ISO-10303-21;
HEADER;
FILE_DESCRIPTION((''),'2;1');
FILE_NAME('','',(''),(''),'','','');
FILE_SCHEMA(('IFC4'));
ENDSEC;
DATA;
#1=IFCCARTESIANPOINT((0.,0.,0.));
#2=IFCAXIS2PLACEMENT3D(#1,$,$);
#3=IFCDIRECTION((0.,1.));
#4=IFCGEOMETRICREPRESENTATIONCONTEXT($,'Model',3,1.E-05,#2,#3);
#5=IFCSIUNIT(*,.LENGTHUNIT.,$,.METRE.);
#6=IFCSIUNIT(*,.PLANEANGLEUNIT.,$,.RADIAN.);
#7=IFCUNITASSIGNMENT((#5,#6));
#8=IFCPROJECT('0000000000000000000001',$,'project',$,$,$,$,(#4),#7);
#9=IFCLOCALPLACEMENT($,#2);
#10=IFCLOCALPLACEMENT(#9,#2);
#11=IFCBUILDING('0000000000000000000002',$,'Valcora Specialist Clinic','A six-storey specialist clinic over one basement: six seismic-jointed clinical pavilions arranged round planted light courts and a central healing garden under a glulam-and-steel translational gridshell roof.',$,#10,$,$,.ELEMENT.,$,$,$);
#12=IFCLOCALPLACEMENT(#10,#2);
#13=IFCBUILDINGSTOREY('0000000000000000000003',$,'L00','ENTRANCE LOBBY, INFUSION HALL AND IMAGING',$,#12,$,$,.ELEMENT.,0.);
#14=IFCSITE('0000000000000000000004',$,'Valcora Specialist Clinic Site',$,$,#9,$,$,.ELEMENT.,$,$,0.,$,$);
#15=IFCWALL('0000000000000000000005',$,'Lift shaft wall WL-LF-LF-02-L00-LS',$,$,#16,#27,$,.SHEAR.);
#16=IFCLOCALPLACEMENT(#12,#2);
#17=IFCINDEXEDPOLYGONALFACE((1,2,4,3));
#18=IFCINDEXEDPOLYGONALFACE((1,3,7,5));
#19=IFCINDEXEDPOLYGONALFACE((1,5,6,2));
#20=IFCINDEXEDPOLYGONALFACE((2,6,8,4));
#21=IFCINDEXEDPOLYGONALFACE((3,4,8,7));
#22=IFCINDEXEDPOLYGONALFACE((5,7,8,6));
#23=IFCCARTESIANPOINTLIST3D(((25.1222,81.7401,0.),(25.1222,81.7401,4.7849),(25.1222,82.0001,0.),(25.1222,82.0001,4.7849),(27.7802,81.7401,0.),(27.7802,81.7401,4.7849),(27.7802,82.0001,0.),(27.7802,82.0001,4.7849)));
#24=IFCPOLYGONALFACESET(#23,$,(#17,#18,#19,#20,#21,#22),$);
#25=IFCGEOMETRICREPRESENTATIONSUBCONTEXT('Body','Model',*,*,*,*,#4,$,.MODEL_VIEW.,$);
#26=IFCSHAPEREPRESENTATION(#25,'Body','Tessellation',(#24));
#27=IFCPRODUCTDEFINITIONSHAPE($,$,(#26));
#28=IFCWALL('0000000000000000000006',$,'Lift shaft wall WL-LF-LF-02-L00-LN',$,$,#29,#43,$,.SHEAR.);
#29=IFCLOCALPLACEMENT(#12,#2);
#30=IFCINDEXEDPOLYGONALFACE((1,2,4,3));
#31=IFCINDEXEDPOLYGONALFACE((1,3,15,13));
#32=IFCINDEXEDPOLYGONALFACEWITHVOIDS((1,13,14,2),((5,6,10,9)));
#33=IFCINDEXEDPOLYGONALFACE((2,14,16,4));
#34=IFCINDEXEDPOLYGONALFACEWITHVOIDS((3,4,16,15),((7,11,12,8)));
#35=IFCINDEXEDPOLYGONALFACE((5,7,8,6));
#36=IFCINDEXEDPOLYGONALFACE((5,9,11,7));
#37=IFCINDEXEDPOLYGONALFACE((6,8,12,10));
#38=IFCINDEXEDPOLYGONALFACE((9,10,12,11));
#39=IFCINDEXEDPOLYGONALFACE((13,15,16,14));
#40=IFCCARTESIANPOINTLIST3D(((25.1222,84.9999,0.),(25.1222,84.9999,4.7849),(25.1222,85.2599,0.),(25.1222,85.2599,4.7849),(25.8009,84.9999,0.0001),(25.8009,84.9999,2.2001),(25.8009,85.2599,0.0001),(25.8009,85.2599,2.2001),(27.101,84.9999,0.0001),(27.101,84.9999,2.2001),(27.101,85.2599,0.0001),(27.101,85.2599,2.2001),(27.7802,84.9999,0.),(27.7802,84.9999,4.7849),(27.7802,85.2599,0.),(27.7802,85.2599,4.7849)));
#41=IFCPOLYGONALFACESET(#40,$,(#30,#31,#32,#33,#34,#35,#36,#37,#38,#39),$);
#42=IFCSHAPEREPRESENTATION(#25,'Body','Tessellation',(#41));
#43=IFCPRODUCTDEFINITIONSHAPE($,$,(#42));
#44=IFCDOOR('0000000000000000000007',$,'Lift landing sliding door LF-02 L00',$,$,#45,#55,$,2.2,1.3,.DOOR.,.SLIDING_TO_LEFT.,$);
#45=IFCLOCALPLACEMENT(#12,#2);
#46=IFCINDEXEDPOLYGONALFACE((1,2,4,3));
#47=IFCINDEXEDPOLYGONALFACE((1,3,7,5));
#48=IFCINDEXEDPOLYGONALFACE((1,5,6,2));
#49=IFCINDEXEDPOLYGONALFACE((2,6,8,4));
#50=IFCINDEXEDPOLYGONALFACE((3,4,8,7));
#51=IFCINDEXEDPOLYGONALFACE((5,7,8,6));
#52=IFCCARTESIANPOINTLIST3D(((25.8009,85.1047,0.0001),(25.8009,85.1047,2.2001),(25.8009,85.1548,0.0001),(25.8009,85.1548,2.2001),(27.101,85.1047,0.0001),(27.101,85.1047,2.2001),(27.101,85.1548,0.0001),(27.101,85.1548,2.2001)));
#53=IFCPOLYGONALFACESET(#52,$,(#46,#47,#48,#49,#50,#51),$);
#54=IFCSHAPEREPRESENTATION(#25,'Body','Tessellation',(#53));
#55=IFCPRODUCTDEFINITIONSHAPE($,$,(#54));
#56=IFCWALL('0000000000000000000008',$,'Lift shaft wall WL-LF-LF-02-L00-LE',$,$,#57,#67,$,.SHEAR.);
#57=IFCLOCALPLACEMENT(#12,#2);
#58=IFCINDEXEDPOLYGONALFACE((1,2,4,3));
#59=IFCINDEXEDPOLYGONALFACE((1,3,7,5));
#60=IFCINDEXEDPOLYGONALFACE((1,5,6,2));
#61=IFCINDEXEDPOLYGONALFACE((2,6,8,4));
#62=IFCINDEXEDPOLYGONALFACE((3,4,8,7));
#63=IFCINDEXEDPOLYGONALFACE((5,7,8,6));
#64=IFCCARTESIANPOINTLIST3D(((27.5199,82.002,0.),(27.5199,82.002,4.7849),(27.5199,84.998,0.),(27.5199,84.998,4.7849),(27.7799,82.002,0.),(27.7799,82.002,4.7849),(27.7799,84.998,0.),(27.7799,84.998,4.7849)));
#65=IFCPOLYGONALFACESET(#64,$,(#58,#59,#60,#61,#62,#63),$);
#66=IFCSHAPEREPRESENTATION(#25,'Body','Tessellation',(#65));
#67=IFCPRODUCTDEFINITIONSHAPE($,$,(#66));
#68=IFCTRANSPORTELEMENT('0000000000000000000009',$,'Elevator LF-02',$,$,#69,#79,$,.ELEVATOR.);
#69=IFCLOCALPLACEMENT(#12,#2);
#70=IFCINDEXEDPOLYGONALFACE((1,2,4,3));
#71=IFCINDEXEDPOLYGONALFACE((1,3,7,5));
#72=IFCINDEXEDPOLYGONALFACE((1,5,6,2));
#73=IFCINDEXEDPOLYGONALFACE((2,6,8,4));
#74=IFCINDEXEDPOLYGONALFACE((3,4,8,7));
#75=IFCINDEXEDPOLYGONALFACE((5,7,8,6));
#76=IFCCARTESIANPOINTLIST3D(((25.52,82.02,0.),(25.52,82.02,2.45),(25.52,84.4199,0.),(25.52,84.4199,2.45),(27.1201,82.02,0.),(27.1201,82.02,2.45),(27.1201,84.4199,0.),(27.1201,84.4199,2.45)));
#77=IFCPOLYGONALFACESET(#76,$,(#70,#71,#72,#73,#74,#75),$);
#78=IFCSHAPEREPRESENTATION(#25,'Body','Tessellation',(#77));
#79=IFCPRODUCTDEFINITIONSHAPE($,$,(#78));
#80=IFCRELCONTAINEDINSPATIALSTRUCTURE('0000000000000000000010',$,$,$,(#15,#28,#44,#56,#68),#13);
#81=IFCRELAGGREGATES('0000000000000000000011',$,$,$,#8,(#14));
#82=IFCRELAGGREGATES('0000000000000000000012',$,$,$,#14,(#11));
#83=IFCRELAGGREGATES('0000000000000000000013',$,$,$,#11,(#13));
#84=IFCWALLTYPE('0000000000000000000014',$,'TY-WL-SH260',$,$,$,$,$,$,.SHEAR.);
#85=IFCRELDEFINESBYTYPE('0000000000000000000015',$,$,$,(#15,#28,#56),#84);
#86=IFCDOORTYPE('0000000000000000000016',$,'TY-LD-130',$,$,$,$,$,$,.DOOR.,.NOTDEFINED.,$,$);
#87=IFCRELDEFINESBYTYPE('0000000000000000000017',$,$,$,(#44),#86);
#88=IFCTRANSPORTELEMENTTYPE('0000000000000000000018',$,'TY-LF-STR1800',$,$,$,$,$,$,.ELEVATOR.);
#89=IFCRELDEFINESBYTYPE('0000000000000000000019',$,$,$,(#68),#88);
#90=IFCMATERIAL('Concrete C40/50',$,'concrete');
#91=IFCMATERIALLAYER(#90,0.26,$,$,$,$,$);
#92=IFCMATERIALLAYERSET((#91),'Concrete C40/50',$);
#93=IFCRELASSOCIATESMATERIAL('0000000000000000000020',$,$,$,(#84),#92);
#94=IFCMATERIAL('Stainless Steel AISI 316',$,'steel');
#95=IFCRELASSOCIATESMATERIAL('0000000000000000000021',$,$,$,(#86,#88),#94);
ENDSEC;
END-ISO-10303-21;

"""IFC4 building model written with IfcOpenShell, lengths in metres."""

from ifc_helpers import new_model, si_unit, direction, frame, frame_2d, origin, origin_2d, place, context, subcontext, project, spatial, rectangle, extrude, material, layer, layer_set, type_object, element, fill, save


model = new_model("IFC4")

# Units and contexts
model_context = context("Model", 3, precision=1e-05, world=origin(), true_north=direction((0.0, 1.0)))
body_context = subcontext(model_context, "Body", "Model", "MODEL_VIEW")
ifc_project = project(units=[si_unit("LENGTHUNIT", "METRE"), si_unit("PLANEANGLEUNIT", "RADIAN")], contexts=[model_context])

# Site, building, storey
site_placement = place(None, origin())
site = spatial("IfcSite", under=ifc_project, at=site_placement, Name="Valcora Specialist Clinic Site", CompositionType="ELEMENT", RefElevation=0.0)
building_placement = place(site_placement, origin())
building = spatial("IfcBuilding", under=site, at=building_placement, Name="Valcora Specialist Clinic", Description="A six-storey specialist clinic over one basement: six seismic-jointed clinical pavilions arranged round planted light courts and a central healing garden under a glulam-and-steel translational gridshell roof.", CompositionType="ELEMENT")
storey_placement = place(building_placement, origin())
storey = spatial("IfcBuildingStorey", under=building, at=storey_placement, Name="L00", Description="ENTRANCE LOBBY, INFUSION HALL AND IMAGING", CompositionType="ELEMENT", Elevation=0.0)

# Shared definitions
ifc_material_1 = material(Name="Concrete C40/50", Category="concrete")

# Wall
ifc_layer_1 = layer(ifc_material_1, 0.26)
ifc_layer_set_1 = layer_set([ifc_layer_1], Name="Concrete C40/50")
wall_type_1 = type_object("IfcWallType", Name="TY-WL-SH260", PredefinedType="SHEAR", material=ifc_layer_set_1)
wall_1_placement = place(storey_placement, frame((25.1221, 81.8701, 0.0), z_axis=(0.0, 0.0, 1.0), x_axis=(1.0, 0.0, 0.0)))
element("IfcWall", 1, at=wall_1_placement, inside=storey, type_object=wall_type_1, Name="Lift shaft wall WL-LF-LF-02-L00-LS", PredefinedType="SHEAR", context=body_context, shape_type="SweptSolid", body=[
    extrude(rectangle(XDim=2.658, YDim=0.26, at=frame_2d((1.3291, 0.0))), origin(), (0.0, 0.0, 1.0), 4.7849),
])

# Wall, opening, door
wall_2_placement = place(storey_placement, frame((25.1221, 85.1299, 0.0), z_axis=(0.0, 0.0, 1.0), x_axis=(1.0, 0.0, 0.0)))
wall_2 = element("IfcWall", 2, at=wall_2_placement, inside=storey, type_object=wall_type_1, Name="Lift shaft wall WL-LF-LF-02-L00-LN", PredefinedType="SHEAR", context=body_context, shape_type="SweptSolid", body=[
    extrude(rectangle(XDim=2.658, YDim=0.26, at=frame_2d((1.3291, 0.0))), origin(), (0.0, 0.0, 1.0), 4.7849),
])
opening_1_placement = place(wall_2_placement, frame((0.679, 0.0, 0.0)))
opening_1 = element("IfcOpeningElement", 3, at=opening_1_placement, cuts=wall_2, PredefinedType="OPENING", context=body_context, shape_type="SweptSolid", body=[
    extrude(rectangle(XDim=1.3, YDim=2.2, at=frame_2d((0.6499, 1.1001))), frame((0.0, 0.1399, 0.0), z_axis=(0.0, -1.0, 0.0), x_axis=(1.0, 0.0, 0.0)), (0.0, 0.0, 1.0), 0.28),
])
ifc_material_2 = material(Name="Stainless Steel AISI 316", Category="steel")
door_type_1 = type_object("IfcDoorType", Name="TY-LD-130", OperationType="NOTDEFINED", PredefinedType="DOOR", material=ifc_material_2)
door_1_placement = place(opening_1_placement, origin())
door_1 = element("IfcDoor", 4, at=door_1_placement, inside=storey, type_object=door_type_1, Name="Lift landing sliding door LF-02 L00", OperationType="SLIDING_TO_LEFT", OverallHeight=2.2, OverallWidth=1.3, PredefinedType="DOOR", context=body_context, shape_type="SweptSolid", body=[
    extrude(rectangle(XDim=1.3, YDim=2.2, at=frame_2d((0.6499, 1.1001))), frame((0.0, 0.0249, 0.0), z_axis=(0.0, -1.0, 0.0), x_axis=(1.0, 0.0, 0.0)), (0.0, 0.0, 1.0), 0.05),
])
fill(opening_1, door_1)

# Wall
wall_3_placement = place(storey_placement, frame((27.6499, 82.002, 0.0), z_axis=(0.0, 0.0, 1.0), x_axis=(0.0, 1.0, 0.0)))
element("IfcWall", 5, at=wall_3_placement, inside=storey, type_object=wall_type_1, Name="Lift shaft wall WL-LF-LF-02-L00-LE", PredefinedType="SHEAR", context=body_context, shape_type="SweptSolid", body=[
    extrude(rectangle(XDim=2.9961, YDim=0.26, at=frame_2d((1.498, 0.0))), origin(), (0.0, 0.0, 1.0), 4.7849),
])

# Transport element
transport_element_type = type_object("IfcTransportElementType", Name="TY-LF-STR1800", PredefinedType="ELEVATOR", material=ifc_material_2)
transport_element_placement = place(storey_placement, frame((26.3201, 83.22, 0.0), z_axis=(0.0, 0.0, 1.0), x_axis=(1.0, 0.0, 0.0)))
element("IfcTransportElement", 6, at=transport_element_placement, inside=storey, type_object=transport_element_type, Name="Elevator LF-02", PredefinedType="ELEVATOR", context=body_context, shape_type="SweptSolid", body=[
    extrude(rectangle(XDim=1.6001, YDim=2.3999, at=origin_2d()), origin(), (0.0, 0.0, 1.0), 2.45),
])

save(model, "model.ifc")
